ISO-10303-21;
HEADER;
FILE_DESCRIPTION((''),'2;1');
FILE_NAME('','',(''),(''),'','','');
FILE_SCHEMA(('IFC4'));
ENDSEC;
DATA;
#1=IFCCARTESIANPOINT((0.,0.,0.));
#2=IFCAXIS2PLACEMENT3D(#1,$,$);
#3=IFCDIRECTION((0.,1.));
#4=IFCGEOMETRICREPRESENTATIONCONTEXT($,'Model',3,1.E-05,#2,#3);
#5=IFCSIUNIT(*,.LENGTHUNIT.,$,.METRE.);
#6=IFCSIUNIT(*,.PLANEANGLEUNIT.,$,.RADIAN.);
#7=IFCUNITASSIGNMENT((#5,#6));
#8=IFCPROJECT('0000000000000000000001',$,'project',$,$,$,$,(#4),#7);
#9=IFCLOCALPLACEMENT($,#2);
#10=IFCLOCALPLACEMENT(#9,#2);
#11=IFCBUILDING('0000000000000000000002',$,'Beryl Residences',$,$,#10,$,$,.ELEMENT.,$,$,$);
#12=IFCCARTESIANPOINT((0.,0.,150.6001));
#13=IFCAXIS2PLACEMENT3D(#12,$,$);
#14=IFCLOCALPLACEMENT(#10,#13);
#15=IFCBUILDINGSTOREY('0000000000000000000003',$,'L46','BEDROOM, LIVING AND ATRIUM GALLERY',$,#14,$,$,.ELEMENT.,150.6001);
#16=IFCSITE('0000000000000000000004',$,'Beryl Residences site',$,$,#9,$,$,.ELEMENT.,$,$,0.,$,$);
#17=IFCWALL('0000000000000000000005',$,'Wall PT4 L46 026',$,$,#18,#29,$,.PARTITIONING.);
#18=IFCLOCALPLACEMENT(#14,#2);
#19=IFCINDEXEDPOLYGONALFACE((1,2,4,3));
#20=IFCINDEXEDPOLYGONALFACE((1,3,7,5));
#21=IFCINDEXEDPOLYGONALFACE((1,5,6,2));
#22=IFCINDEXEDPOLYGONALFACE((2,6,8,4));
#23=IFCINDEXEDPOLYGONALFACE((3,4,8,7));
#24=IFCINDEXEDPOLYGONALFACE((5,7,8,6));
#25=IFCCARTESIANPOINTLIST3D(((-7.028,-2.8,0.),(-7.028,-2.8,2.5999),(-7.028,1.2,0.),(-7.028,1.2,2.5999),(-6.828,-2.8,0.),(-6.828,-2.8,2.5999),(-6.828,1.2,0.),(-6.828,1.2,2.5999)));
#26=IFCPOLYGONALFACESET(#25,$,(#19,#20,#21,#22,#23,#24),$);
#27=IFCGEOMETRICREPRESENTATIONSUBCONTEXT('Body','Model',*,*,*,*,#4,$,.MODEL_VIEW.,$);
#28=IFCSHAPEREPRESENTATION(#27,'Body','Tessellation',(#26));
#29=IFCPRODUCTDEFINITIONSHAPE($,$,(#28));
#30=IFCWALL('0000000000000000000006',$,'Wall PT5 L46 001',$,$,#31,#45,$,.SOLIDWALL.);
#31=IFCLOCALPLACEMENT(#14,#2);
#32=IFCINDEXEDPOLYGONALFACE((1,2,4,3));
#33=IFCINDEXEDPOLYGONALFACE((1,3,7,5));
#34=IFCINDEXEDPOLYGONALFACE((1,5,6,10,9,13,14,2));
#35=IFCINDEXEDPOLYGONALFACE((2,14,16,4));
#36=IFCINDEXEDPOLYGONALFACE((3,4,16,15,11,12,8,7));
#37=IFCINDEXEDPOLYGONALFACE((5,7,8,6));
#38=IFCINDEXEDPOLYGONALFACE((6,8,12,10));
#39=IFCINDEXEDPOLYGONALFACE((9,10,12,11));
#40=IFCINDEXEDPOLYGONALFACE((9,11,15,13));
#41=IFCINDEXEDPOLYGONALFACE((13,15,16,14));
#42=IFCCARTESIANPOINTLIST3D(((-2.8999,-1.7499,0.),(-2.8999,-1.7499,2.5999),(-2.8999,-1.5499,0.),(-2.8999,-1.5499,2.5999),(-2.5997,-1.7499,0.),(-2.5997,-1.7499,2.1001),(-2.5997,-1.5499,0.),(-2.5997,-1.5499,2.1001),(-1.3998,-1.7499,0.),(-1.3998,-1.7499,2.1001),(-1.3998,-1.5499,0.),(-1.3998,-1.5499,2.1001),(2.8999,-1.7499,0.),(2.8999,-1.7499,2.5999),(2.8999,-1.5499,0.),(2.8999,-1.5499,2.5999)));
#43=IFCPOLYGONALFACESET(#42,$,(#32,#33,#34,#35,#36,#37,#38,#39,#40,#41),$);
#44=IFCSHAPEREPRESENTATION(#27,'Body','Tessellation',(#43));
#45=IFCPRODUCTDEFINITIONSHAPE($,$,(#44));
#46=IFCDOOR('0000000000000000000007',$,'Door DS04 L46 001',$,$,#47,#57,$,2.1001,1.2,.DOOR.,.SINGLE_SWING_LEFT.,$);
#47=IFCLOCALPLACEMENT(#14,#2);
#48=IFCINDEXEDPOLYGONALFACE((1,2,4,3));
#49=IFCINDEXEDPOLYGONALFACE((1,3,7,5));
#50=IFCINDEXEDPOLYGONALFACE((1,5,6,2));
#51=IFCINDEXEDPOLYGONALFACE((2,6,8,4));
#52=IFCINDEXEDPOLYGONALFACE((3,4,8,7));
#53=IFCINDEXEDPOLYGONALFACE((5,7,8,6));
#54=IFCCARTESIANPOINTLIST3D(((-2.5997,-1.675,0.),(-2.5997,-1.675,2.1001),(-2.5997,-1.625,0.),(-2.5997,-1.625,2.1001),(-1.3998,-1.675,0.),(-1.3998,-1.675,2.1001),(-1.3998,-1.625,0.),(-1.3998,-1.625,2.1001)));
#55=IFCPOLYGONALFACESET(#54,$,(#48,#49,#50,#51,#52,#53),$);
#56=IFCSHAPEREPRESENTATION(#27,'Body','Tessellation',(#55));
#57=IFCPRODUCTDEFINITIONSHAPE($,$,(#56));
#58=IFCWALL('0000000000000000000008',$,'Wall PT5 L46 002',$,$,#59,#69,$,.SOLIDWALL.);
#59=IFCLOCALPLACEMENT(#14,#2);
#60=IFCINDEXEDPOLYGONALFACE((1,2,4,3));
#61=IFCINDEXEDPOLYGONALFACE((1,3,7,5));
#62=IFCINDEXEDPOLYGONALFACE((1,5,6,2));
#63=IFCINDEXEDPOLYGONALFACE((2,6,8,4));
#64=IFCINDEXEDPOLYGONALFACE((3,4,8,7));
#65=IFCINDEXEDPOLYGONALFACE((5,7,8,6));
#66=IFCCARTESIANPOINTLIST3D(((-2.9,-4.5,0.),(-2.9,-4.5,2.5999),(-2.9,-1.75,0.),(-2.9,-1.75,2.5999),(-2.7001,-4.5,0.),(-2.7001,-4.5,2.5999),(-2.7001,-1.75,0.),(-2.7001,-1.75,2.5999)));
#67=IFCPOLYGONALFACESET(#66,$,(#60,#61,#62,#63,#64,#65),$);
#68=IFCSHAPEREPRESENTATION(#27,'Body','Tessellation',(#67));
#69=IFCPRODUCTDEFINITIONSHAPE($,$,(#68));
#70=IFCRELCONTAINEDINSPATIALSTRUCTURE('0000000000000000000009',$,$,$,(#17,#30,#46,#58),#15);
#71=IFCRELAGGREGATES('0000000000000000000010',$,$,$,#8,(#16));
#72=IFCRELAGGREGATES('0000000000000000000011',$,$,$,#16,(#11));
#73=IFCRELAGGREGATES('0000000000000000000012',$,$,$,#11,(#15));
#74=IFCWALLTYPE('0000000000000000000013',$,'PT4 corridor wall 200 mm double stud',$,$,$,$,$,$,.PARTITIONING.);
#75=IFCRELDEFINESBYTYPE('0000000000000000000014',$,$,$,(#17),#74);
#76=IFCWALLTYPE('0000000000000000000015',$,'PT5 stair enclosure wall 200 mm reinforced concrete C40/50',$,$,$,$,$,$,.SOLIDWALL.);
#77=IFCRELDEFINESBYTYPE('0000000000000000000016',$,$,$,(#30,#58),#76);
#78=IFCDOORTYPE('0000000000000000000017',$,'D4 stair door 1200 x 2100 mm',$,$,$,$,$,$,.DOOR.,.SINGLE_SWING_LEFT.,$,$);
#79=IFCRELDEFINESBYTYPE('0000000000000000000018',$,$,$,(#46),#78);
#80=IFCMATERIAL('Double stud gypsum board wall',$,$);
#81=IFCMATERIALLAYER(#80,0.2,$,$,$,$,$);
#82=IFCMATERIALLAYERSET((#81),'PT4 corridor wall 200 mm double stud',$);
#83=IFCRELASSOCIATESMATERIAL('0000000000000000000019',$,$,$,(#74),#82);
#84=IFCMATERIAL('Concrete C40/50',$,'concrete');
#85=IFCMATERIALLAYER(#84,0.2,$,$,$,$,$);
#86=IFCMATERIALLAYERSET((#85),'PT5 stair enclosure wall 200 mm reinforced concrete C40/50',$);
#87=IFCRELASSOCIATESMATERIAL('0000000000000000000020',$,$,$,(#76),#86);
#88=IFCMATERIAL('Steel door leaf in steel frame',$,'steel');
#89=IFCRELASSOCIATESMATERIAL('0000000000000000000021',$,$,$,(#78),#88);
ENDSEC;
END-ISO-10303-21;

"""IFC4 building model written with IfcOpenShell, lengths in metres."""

from ifc_helpers import new_model, si_unit, direction, frame, frame_2d, origin, place, context, subcontext, project, spatial, rectangle, extrude, material, layer, layer_set, type_object, element, fill, save


model = new_model("IFC4")

# Units and contexts
model_context = context("Model", 3, precision=1e-05, world=origin(), true_north=direction((0.0, 1.0)))
body_context = subcontext(model_context, "Body", "Model", "MODEL_VIEW")
ifc_project = project(units=[si_unit("LENGTHUNIT", "METRE"), si_unit("PLANEANGLEUNIT", "RADIAN")], contexts=[model_context])

# Site, building, storey
site_placement = place(None, origin())
site = spatial("IfcSite", under=ifc_project, at=site_placement, Name="Beryl Residences site", CompositionType="ELEMENT", RefElevation=0.0)
building_placement = place(site_placement, origin())
building = spatial("IfcBuilding", under=site, at=building_placement, Name="Beryl Residences", CompositionType="ELEMENT")
storey_placement = place(building_placement, frame((0.0, 0.0, 150.6001)))
storey = spatial("IfcBuildingStorey", under=building, at=storey_placement, Name="L46", Description="BEDROOM, LIVING AND ATRIUM GALLERY", CompositionType="ELEMENT", Elevation=150.6001)

# Shared definitions
ifc_material_1 = material(Name="Double stud gypsum board wall")
ifc_layer_1 = layer(ifc_material_1, 0.2)
ifc_layer_set_1 = layer_set([ifc_layer_1], Name="PT4 corridor wall 200 mm double stud")
wall_type_1 = type_object("IfcWallType", Name="PT4 corridor wall 200 mm double stud", PredefinedType="PARTITIONING", material=ifc_layer_set_1)

# Wall
wall_1_placement = place(storey_placement, frame((-6.928, -2.8, 0.0), z_axis=(0.0, 0.0, 1.0), x_axis=(0.0, 1.0, 0.0)))
element("IfcWall", 1, at=wall_1_placement, inside=storey, type_object=wall_type_1, Name="Wall PT4 L46 026", PredefinedType="PARTITIONING", context=body_context, shape_type="SweptSolid", body=[
    extrude(rectangle(XDim=4.0, YDim=0.2, at=frame_2d((2.0, 0.0))), origin(), (0.0, 0.0, 1.0), 2.5999),
])

# Wall, opening, door
ifc_material_2 = material(Name="Concrete C40/50", Category="concrete")
ifc_layer_2 = layer(ifc_material_2, 0.2)
ifc_layer_set_2 = layer_set([ifc_layer_2], Name="PT5 stair enclosure wall 200 mm reinforced concrete C40/50")
wall_type_2 = type_object("IfcWallType", Name="PT5 stair enclosure wall 200 mm reinforced concrete C40/50", PredefinedType="SOLIDWALL", material=ifc_layer_set_2)
wall_2_placement = place(storey_placement, frame((-2.8999, -1.6499, 0.0), z_axis=(0.0, 0.0, 1.0), x_axis=(1.0, 0.0, 0.0)))
wall_2 = element("IfcWall", 2, at=wall_2_placement, inside=storey, type_object=wall_type_2, Name="Wall PT5 L46 001", PredefinedType="SOLIDWALL", context=body_context, shape_type="SweptSolid", body=[
    extrude(rectangle(XDim=5.7998, YDim=0.2, at=frame_2d((2.8999, 0.0))), origin(), (0.0, 0.0, 1.0), 2.5999),
])
opening_1_placement = place(wall_2_placement, frame((0.3, 0.0, 0.0)))
opening_1 = element("IfcOpeningElement", 3, at=opening_1_placement, cuts=wall_2, PredefinedType="OPENING", context=body_context, shape_type="SweptSolid", body=[
    extrude(rectangle(XDim=1.2, YDim=2.1001, at=frame_2d((0.6001, 1.05))), frame((0.0, 0.1099, 0.0), z_axis=(0.0, -1.0, 0.0), x_axis=(1.0, 0.0, 0.0)), (0.0, 0.0, 1.0), 0.22),
])
ifc_material_3 = material(Name="Steel door leaf in steel frame", Category="steel")
door_type_1 = type_object("IfcDoorType", Name="D4 stair door 1200 x 2100 mm", OperationType="SINGLE_SWING_LEFT", PredefinedType="DOOR", material=ifc_material_3)
door_1_placement = place(opening_1_placement, origin())
door_1 = element("IfcDoor", 4, at=door_1_placement, inside=storey, type_object=door_type_1, Name="Door DS04 L46 001", OperationType="SINGLE_SWING_LEFT", OverallHeight=2.1001, OverallWidth=1.2, PredefinedType="DOOR", context=body_context, shape_type="SweptSolid", body=[
    extrude(rectangle(XDim=1.2, YDim=2.1001, at=frame_2d((0.6001, 1.05))), frame((0.0, 0.0249, 0.0), z_axis=(0.0, -1.0, 0.0), x_axis=(1.0, 0.0, 0.0)), (0.0, 0.0, 1.0), 0.05),
])
fill(opening_1, door_1)

# Wall
wall_3_placement = place(storey_placement, frame((-2.8, -4.5, 0.0), z_axis=(0.0, 0.0, 1.0), x_axis=(0.0, 1.0, 0.0)))
element("IfcWall", 5, at=wall_3_placement, inside=storey, type_object=wall_type_2, Name="Wall PT5 L46 002", PredefinedType="SOLIDWALL", context=body_context, shape_type="SweptSolid", body=[
    extrude(rectangle(XDim=2.75, YDim=0.2, at=frame_2d((1.375, 0.0))), origin(), (0.0, 0.0, 1.0), 2.5999),
])

save(model, "model.ifc")
